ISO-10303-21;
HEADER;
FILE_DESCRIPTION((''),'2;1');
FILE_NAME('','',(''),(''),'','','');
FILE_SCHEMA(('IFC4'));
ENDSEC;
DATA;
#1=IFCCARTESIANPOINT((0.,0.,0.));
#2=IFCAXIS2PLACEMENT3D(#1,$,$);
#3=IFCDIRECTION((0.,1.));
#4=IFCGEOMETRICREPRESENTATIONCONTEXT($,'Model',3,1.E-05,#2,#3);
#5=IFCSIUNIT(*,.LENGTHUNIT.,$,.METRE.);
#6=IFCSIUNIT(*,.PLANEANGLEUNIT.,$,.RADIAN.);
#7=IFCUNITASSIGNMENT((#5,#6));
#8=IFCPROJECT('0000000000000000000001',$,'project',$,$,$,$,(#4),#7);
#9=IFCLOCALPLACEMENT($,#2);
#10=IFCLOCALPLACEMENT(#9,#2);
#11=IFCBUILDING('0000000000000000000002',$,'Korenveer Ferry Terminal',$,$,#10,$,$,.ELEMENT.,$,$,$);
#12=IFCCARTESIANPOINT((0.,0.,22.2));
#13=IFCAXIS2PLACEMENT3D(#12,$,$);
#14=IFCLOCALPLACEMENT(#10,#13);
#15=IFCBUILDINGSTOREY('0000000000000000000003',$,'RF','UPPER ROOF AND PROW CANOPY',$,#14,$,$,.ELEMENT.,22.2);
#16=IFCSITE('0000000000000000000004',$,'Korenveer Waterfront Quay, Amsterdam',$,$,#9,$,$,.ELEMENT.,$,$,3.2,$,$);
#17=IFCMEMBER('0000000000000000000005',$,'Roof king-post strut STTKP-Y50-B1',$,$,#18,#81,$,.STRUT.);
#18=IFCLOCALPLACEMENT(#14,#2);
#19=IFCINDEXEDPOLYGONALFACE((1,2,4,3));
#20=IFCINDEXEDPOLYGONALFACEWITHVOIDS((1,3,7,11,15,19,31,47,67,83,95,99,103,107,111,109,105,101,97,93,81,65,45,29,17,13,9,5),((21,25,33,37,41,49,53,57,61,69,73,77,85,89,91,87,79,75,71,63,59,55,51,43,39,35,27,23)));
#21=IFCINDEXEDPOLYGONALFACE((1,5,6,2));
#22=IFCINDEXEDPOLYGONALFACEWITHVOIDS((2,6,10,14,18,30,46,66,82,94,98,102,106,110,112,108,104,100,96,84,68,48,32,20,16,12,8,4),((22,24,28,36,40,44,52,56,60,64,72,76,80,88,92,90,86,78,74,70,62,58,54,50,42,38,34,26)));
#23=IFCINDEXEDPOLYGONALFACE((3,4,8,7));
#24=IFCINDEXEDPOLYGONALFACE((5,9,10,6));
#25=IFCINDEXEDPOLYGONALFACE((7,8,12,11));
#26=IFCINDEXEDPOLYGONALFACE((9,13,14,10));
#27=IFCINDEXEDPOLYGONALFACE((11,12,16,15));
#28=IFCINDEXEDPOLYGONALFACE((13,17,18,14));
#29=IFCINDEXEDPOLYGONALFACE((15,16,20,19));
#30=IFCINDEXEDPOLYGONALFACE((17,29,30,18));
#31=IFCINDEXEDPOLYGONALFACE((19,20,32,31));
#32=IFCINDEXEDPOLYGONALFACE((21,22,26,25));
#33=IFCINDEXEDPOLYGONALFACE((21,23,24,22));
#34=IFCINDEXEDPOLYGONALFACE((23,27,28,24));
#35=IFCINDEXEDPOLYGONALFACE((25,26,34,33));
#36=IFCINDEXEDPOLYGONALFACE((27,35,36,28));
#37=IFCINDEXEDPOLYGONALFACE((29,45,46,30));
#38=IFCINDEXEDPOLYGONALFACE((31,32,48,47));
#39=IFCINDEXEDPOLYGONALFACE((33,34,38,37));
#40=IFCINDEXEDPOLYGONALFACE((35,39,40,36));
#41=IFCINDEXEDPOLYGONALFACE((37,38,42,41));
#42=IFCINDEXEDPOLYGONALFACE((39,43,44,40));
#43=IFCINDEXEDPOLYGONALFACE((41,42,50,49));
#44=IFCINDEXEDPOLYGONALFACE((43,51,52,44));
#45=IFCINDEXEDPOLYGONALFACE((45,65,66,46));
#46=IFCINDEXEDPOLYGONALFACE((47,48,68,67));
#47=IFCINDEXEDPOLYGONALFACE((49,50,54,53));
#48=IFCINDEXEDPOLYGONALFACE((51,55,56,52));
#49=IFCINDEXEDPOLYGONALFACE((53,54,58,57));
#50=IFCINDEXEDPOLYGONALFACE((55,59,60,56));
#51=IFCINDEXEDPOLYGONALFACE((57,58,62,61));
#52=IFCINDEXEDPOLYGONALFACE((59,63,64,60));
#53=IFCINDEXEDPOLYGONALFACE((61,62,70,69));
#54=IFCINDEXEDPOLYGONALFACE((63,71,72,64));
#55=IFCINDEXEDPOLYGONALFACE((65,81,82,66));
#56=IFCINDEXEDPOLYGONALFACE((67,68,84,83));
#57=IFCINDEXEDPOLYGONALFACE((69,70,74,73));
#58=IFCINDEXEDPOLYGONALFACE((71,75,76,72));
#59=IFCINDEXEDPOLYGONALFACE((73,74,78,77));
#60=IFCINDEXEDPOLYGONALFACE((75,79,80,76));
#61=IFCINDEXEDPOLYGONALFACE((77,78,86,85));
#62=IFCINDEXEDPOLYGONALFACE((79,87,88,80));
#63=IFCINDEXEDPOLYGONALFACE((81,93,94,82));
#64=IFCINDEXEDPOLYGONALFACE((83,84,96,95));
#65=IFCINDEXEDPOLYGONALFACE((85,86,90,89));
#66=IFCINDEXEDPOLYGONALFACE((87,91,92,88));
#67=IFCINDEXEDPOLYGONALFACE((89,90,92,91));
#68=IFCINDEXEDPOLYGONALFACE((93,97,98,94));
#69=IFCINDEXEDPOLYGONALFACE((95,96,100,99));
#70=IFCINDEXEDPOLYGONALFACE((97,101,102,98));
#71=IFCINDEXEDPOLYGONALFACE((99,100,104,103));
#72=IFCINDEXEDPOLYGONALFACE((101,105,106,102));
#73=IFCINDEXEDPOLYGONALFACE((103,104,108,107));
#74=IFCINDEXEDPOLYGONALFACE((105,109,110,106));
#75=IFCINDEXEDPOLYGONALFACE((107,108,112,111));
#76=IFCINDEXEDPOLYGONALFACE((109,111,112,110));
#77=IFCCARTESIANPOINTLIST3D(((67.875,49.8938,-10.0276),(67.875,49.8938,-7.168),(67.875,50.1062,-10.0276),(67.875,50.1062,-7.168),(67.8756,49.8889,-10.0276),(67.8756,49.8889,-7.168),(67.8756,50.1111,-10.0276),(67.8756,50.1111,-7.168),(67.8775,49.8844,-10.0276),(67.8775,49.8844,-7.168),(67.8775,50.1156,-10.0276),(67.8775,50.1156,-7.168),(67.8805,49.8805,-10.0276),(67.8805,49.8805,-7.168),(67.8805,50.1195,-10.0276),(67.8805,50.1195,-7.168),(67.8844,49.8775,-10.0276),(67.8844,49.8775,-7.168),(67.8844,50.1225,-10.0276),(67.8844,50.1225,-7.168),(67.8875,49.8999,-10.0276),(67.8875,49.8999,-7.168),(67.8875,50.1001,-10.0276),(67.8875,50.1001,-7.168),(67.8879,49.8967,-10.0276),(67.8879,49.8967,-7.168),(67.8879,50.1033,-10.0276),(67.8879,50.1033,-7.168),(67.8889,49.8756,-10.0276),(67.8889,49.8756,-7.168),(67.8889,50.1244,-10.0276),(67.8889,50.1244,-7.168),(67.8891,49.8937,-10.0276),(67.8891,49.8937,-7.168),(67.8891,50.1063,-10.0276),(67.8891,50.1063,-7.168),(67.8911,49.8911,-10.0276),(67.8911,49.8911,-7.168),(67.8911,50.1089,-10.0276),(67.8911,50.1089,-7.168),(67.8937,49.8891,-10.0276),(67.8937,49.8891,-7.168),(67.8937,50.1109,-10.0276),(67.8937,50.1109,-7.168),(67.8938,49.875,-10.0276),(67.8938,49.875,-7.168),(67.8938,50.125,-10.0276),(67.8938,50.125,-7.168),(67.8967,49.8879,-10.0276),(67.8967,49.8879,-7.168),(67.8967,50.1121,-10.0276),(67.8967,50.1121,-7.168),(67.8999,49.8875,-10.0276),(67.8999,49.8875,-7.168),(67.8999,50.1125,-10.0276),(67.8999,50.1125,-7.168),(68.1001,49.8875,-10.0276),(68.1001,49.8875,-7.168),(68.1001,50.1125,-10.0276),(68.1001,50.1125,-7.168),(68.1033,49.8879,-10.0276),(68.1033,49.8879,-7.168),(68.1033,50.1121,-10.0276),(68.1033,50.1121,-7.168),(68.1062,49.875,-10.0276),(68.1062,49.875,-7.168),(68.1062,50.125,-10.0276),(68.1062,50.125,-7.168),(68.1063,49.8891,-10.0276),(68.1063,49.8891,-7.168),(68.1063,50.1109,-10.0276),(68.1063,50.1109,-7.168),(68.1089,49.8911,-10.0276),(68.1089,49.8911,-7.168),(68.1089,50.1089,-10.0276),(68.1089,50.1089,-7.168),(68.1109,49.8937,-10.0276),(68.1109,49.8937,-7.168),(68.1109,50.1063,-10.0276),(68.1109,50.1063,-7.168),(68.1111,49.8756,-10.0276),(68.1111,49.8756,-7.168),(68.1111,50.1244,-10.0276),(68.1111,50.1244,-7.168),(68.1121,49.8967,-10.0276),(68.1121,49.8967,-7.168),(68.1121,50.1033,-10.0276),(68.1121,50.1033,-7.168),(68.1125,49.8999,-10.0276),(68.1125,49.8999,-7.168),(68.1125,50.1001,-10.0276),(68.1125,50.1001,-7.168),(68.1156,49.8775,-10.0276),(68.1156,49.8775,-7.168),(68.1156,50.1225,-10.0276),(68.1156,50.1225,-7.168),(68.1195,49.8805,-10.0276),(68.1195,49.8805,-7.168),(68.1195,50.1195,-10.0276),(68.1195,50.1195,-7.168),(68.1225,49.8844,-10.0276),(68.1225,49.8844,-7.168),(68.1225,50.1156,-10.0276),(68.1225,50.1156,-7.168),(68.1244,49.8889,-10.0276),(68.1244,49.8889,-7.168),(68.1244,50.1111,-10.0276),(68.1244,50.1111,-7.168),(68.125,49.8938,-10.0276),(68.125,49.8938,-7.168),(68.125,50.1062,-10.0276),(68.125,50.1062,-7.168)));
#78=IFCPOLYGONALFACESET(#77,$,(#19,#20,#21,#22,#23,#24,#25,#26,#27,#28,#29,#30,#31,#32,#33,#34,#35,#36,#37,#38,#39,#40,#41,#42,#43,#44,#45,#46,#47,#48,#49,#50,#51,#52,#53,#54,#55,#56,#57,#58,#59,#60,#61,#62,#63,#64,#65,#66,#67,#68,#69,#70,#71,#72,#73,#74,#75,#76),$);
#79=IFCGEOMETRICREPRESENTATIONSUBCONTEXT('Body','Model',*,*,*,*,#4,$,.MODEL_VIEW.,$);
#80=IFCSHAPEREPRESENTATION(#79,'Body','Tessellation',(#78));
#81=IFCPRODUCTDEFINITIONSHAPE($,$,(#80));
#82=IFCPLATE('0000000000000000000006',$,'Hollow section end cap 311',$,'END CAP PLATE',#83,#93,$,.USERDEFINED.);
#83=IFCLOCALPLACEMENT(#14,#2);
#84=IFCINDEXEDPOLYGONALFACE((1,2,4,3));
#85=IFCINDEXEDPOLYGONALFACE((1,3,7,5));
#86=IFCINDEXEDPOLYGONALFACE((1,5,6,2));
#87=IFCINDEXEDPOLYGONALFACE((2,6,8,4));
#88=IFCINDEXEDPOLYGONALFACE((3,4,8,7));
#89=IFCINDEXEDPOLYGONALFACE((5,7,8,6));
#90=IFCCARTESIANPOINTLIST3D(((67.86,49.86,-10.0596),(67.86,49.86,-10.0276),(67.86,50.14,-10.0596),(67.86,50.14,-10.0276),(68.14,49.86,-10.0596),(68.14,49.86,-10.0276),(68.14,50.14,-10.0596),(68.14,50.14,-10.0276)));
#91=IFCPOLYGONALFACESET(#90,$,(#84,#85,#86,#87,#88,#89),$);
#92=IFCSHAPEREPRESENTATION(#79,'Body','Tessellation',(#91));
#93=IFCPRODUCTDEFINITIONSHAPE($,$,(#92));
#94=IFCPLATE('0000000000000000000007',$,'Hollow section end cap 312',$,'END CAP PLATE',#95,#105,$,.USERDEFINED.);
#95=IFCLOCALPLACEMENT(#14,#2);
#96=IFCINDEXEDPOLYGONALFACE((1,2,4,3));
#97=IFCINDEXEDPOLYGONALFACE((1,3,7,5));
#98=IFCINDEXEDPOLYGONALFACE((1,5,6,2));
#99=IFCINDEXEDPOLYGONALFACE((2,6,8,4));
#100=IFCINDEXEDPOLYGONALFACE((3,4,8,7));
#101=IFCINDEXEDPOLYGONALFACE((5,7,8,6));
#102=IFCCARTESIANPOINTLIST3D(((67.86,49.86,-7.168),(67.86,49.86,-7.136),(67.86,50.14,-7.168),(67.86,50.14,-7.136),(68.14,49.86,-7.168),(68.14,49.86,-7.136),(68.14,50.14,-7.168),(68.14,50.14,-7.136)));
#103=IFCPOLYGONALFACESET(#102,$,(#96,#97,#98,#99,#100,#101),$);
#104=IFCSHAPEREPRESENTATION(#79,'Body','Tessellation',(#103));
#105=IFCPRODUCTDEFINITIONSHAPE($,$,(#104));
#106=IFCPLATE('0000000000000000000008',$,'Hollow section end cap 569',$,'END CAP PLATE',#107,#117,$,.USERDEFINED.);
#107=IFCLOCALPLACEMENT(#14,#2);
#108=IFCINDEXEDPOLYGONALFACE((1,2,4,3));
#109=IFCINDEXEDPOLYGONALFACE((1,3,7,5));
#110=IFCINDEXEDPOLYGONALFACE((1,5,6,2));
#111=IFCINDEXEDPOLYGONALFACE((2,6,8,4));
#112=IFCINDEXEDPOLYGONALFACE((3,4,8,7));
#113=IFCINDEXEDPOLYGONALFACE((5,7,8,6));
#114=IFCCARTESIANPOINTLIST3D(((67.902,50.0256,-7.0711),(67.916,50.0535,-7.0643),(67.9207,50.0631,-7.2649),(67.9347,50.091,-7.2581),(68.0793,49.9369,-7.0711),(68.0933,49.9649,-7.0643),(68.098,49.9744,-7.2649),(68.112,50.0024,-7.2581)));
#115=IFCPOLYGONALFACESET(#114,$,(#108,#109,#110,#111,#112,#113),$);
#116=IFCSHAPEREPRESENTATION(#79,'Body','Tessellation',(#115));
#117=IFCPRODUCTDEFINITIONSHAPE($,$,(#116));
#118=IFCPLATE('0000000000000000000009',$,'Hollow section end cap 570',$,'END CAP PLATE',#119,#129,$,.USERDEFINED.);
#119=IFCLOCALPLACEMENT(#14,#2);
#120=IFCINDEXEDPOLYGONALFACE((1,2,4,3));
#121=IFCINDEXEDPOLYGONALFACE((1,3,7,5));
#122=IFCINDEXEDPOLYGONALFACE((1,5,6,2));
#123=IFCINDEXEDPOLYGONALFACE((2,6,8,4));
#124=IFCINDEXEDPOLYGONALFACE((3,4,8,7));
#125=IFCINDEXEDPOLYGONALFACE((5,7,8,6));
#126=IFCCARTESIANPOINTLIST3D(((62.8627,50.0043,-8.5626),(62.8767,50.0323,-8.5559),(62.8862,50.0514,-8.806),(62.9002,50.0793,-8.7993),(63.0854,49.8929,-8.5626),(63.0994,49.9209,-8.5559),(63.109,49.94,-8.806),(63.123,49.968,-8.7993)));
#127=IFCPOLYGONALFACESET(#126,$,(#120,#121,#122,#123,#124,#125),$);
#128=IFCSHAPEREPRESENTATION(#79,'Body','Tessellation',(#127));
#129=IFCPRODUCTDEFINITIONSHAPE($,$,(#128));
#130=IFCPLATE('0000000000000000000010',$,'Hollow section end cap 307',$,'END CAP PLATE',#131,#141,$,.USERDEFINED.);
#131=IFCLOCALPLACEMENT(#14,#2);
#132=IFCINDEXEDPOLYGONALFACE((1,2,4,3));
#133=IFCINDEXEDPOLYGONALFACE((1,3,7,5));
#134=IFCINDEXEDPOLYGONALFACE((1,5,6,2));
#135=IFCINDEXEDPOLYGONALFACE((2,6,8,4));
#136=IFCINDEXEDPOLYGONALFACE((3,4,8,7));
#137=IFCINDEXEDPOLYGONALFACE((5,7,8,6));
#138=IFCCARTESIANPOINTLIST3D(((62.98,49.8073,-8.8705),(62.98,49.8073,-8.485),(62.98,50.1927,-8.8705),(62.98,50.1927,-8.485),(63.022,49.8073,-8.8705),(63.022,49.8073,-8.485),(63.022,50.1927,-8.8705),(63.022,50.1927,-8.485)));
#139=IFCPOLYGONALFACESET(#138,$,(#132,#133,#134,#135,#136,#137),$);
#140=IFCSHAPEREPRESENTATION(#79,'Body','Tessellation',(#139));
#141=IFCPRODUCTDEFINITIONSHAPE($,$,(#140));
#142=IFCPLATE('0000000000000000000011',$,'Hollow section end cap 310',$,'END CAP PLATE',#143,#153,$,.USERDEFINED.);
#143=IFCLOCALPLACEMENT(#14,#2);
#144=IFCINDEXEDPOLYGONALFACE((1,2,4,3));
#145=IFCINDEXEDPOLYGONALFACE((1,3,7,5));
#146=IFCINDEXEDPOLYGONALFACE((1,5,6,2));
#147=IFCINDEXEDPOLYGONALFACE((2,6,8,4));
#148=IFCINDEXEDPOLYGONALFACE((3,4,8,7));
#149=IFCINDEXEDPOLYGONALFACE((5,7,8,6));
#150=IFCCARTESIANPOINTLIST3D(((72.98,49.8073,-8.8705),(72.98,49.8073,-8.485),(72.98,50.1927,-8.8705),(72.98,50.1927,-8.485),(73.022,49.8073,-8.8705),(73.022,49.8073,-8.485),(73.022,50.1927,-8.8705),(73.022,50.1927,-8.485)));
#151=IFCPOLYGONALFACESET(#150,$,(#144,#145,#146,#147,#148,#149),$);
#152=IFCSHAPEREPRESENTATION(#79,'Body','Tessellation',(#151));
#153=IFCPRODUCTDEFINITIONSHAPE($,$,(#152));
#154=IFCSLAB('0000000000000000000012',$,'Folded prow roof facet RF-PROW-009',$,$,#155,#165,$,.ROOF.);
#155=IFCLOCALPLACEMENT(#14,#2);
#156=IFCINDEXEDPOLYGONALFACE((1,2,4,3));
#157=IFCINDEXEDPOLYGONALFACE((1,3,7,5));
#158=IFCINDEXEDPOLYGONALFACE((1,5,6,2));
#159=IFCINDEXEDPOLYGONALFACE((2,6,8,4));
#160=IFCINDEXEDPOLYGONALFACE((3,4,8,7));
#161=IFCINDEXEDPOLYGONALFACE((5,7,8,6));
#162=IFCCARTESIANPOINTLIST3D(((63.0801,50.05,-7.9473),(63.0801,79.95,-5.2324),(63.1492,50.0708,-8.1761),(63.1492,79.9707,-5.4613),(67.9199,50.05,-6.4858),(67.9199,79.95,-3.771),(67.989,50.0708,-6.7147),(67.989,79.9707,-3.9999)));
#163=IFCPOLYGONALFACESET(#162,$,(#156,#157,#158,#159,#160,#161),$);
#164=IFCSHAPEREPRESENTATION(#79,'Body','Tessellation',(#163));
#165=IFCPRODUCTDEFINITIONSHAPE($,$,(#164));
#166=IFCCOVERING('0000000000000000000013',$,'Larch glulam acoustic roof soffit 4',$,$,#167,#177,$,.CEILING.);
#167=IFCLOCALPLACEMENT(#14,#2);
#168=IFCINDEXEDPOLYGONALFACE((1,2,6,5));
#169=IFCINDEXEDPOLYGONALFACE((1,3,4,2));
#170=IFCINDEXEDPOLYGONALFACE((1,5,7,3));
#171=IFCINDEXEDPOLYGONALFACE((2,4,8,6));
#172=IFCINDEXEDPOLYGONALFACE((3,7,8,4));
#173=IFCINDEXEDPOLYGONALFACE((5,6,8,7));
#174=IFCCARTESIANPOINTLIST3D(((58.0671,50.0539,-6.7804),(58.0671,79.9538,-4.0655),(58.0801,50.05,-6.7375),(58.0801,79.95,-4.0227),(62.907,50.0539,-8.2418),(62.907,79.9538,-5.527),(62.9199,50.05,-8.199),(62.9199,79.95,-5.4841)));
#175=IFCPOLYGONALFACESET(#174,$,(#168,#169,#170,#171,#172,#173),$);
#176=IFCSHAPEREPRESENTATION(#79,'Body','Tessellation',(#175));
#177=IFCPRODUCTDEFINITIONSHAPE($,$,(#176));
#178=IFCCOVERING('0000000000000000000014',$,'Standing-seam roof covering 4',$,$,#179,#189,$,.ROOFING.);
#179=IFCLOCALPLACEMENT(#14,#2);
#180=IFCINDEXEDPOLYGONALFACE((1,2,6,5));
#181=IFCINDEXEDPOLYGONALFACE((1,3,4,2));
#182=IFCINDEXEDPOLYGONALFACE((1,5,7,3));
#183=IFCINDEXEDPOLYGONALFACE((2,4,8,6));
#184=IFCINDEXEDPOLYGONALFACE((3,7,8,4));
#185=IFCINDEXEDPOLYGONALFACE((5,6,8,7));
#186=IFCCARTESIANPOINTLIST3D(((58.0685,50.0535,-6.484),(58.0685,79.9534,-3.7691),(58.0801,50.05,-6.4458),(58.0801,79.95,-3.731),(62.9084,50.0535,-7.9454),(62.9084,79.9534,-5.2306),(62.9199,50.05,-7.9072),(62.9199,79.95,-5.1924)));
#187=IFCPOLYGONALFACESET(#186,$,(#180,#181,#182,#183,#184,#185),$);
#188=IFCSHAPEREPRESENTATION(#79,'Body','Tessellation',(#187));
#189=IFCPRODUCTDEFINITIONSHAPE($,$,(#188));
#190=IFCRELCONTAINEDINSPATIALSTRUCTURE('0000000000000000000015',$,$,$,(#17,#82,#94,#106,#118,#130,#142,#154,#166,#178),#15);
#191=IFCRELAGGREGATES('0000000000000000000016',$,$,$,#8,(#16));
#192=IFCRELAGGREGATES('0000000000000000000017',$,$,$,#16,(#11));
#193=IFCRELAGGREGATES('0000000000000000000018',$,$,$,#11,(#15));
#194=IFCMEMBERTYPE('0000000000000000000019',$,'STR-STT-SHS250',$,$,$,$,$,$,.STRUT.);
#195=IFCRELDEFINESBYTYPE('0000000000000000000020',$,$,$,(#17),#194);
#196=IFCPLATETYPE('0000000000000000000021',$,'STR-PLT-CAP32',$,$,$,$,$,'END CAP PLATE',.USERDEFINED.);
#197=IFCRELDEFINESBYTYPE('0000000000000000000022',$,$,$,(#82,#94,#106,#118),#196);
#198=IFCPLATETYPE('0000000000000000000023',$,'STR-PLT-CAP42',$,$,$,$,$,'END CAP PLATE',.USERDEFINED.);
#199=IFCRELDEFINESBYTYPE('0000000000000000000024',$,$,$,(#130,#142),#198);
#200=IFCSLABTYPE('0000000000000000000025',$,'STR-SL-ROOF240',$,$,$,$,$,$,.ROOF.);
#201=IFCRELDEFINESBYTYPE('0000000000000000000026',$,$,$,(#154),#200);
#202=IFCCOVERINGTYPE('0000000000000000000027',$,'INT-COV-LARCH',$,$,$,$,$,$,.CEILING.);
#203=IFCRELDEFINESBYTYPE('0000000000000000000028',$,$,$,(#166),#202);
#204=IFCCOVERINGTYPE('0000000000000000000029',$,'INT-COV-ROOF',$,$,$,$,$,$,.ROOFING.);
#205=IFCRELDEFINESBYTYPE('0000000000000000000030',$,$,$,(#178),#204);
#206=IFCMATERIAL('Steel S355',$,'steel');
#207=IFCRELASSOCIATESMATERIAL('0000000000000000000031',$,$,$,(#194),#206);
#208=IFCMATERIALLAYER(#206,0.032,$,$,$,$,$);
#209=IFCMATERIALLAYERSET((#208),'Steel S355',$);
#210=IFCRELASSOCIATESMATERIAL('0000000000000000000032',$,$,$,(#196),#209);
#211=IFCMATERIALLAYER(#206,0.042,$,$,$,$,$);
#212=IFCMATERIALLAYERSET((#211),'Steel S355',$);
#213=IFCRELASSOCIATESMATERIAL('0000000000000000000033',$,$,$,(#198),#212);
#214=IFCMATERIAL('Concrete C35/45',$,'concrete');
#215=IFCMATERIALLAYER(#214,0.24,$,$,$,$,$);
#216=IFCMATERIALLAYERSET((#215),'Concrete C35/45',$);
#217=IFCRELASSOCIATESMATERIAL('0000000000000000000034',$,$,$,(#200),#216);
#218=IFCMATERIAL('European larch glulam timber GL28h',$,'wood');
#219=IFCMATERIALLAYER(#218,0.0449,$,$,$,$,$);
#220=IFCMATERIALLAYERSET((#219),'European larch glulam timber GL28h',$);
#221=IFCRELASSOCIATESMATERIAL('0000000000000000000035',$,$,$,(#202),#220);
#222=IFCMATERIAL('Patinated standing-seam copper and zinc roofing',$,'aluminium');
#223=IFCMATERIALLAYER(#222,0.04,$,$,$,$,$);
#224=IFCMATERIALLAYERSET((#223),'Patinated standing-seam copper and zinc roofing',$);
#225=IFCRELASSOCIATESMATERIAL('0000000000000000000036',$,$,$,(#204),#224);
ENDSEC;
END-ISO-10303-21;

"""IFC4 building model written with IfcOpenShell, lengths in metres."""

from ifc_helpers import new_model, si_unit, direction, frame, origin, origin_2d, place, context, subcontext, project, spatial, polyline, rectangle, hollow_rectangle, outline, extrude, material, layer, layer_set, material_profile, profile_set, type_object, element, save


model = new_model("IFC4")

# Units and contexts
model_context = context("Model", 3, precision=1e-05, world=origin(), true_north=direction((0.0, 1.0)))
body_context = subcontext(model_context, "Body", "Model", "MODEL_VIEW")
ifc_project = project(units=[si_unit("LENGTHUNIT", "METRE"), si_unit("PLANEANGLEUNIT", "RADIAN")], contexts=[model_context])

# Site, building, storey
site_placement = place(None, origin())
site = spatial("IfcSite", under=ifc_project, at=site_placement, Name="Korenveer Waterfront Quay, Amsterdam", CompositionType="ELEMENT", RefElevation=3.2)
building_placement = place(site_placement, origin())
building = spatial("IfcBuilding", under=site, at=building_placement, Name="Korenveer Ferry Terminal", CompositionType="ELEMENT")
storey_placement = place(building_placement, frame((0.0, 0.0, 22.2)))
storey = spatial("IfcBuildingStorey", under=building, at=storey_placement, Name="RF", Description="UPPER ROOF AND PROW CANOPY", CompositionType="ELEMENT", Elevation=22.2)

# Shared definitions
ifc_material_1 = material(Name="Steel S355", Category="steel")

# Member
ifc_material_profile_1 = material_profile(ifc_material_1, hollow_rectangle(XDim=0.25, YDim=0.25, WallThickness=0.0125, InnerFilletRadius=0.0125, OuterFilletRadius=0.0188, at=origin_2d()), Name="SHS 250x250x12.5")
ifc_profile_set_1 = profile_set([ifc_material_profile_1], Name="Steel S355")
member_type_1 = type_object("IfcMemberType", Name="STR-STT-SHS250", PredefinedType="STRUT", material=ifc_profile_set_1)
member_1_placement = place(storey_placement, frame((68.0, 50.0, -10.0276), z_axis=(0.0, 0.0, 1.0), x_axis=(1.0, 0.0, 0.0)))
element("IfcMember", 1, at=member_1_placement, inside=storey, type_object=member_type_1, Name="Roof king-post strut STTKP-Y50-B1", PredefinedType="STRUT", context=body_context, shape_type="SweptSolid", body=[
    extrude(hollow_rectangle(XDim=0.25, YDim=0.25, WallThickness=0.0125, InnerFilletRadius=0.0125, OuterFilletRadius=0.0188, at=origin_2d()), origin(), (0.0, 0.0, 1.0), 2.8596),
])

# Plates
ifc_layer_1 = layer(ifc_material_1, 0.032)
ifc_layer_set_1 = layer_set([ifc_layer_1], Name="Steel S355")
plate_type_1 = type_object("IfcPlateType", Name="STR-PLT-CAP32", ElementType="END CAP PLATE", PredefinedType="USERDEFINED", material=ifc_layer_set_1)
for number, where, z_axis, x_axis, name in (
    (2, (68.0, 50.0, -10.0596), (0.0, 0.0, 1.0), (1.0, 0.0, 0.0), "Hollow section end cap 311"),
    (3, (68.0, 50.0, -7.168), (0.0, 0.0, 1.0), (1.0, 0.0, 0.0), "Hollow section end cap 312"),
):
    element("IfcPlate", number, at=place(storey_placement, frame(where, z_axis=z_axis, x_axis=x_axis)), inside=storey, type_object=plate_type_1, Name=name, ObjectType="END CAP PLATE", PredefinedType="USERDEFINED", context=body_context, shape_type="SweptSolid", body=[
        extrude(rectangle(XDim=0.28, YDim=0.28, at=origin_2d()), origin(), (0.0, 0.0, 1.0), 0.032),
    ])
plate_1_placement = place(storey_placement, frame((68.0, 50.0, -7.168), z_axis=(0.43711, 0.874221, 0.21136), x_axis=(-0.894427, 0.447214, 0.0)))
element("IfcPlate", 4, at=plate_1_placement, inside=storey, type_object=plate_type_1, Name="Hollow section end cap 569", ObjectType="END CAP PLATE", PredefinedType="USERDEFINED", context=body_context, shape_type="SweptSolid", body=[
    extrude(rectangle(XDim=0.1982, YDim=0.1982, at=origin_2d()), origin(), (0.0, 0.0, 1.0), 0.032),
])
plate_2_placement = place(storey_placement, frame((62.9858, 49.9722, -8.6843), z_axis=(0.43711, 0.874221, 0.21136), x_axis=(-0.894427, 0.447214, 0.0)))
element("IfcPlate", 5, at=plate_2_placement, inside=storey, type_object=plate_type_1, Name="Hollow section end cap 570", ObjectType="END CAP PLATE", PredefinedType="USERDEFINED", context=body_context, shape_type="SweptSolid", body=[
    extrude(rectangle(XDim=0.249, YDim=0.249, at=origin_2d()), origin(), (0.0, 0.0, 1.0), 0.032),
])
ifc_layer_2 = layer(ifc_material_1, 0.042)
ifc_layer_set_2 = layer_set([ifc_layer_2], Name="Steel S355")
plate_type_2 = type_object("IfcPlateType", Name="STR-PLT-CAP42", ElementType="END CAP PLATE", PredefinedType="USERDEFINED", material=ifc_layer_set_2)
for number, where, z_axis, x_axis, name in (
    (6, (62.98, 50.0, -8.6777), (1.0, 0.0, 0.0), (0.0, 1.0, 0.0), "Hollow section end cap 307"),
    (7, (72.98, 50.0, -8.6777), (1.0, 0.0, 0.0), (0.0, 1.0, 0.0), "Hollow section end cap 310"),
):
    element("IfcPlate", number, at=place(storey_placement, frame(where, z_axis=z_axis, x_axis=x_axis)), inside=storey, type_object=plate_type_2, Name=name, ObjectType="END CAP PLATE", PredefinedType="USERDEFINED", context=body_context, shape_type="SweptSolid", body=[
        extrude(rectangle(XDim=0.3855, YDim=0.3855, at=origin_2d()), origin(), (0.0, 0.0, 1.0), 0.042),
    ])

# Slab
ifc_material_2 = material(Name="Concrete C35/45", Category="concrete")
ifc_layer_3 = layer(ifc_material_2, 0.24)
ifc_layer_set_3 = layer_set([ifc_layer_3], Name="Concrete C35/45")
slab_type = type_object("IfcSlabType", Name="STR-SL-ROOF240", PredefinedType="ROOF", material=ifc_layer_set_3)
slab_placement = place(storey_placement, frame((63.0801, 50.05, -7.9473), z_axis=(-0.287981, -0.086595, 0.953713), x_axis=(0.957309, 0.0, 0.289066)))
element("IfcSlab", 8, at=slab_placement, inside=storey, type_object=slab_type, Name="Folded prow roof facet RF-PROW-009", PredefinedType="ROOF", context=body_context, shape_type="SweptSolid", body=[
    extrude(outline(polyline([(0.0, 0.0), (5.0557, 0.0), (5.8404, 30.0126), (0.7848, 30.0126), (0.0, 0.0)])), origin(), (0.0, 0.0, -1.0), 0.24),
])

# Coverings
ifc_material_3 = material(Name="European larch glulam timber GL28h", Category="wood")
ifc_layer_4 = layer(ifc_material_3, 0.0449)
ifc_layer_set_4 = layer_set([ifc_layer_4], Name="European larch glulam timber GL28h")
covering_type_1 = type_object("IfcCoveringType", Name="INT-COV-LARCH", PredefinedType="CEILING", material=ifc_layer_set_4)
covering_1_placement = place(storey_placement, frame((58.0801, 50.05, -6.7375), z_axis=(0.287981, -0.086595, 0.953713), x_axis=(0.957309, 0.0, -0.289066)))
element("IfcCovering", 9, at=covering_1_placement, inside=storey, type_object=covering_type_1, Name="Larch glulam acoustic roof soffit 4", PredefinedType="CEILING", context=body_context, shape_type="SweptSolid", body=[
    extrude(outline(polyline([(0.0, 0.0), (5.0557, 0.0), (4.2709, 30.0126), (-0.7848, 30.0126), (0.0, 0.0)])), origin(), (0.0, 0.0, -1.0), 0.0449),
])
ifc_material_4 = material(Name="Patinated standing-seam copper and zinc roofing", Category="aluminium")
ifc_layer_5 = layer(ifc_material_4, 0.04)
ifc_layer_set_5 = layer_set([ifc_layer_5], Name="Patinated standing-seam copper and zinc roofing")
covering_type_2 = type_object("IfcCoveringType", Name="INT-COV-ROOF", PredefinedType="ROOFING", material=ifc_layer_set_5)
covering_2_placement = place(storey_placement, frame((58.0801, 50.05, -6.4458), z_axis=(0.287981, -0.086595, 0.953713), x_axis=(0.957309, 0.0, -0.289066)))
element("IfcCovering", 10, at=covering_2_placement, inside=storey, type_object=covering_type_2, Name="Standing-seam roof covering 4", PredefinedType="ROOFING", context=body_context, shape_type="SweptSolid", body=[
    extrude(outline(polyline([(0.0, 0.0), (5.0557, 0.0), (4.2709, 30.0126), (-0.7848, 30.0126), (0.0, 0.0)])), origin(), (0.0, 0.0, -1.0), 0.04),
])

save(model, "model.ifc")
